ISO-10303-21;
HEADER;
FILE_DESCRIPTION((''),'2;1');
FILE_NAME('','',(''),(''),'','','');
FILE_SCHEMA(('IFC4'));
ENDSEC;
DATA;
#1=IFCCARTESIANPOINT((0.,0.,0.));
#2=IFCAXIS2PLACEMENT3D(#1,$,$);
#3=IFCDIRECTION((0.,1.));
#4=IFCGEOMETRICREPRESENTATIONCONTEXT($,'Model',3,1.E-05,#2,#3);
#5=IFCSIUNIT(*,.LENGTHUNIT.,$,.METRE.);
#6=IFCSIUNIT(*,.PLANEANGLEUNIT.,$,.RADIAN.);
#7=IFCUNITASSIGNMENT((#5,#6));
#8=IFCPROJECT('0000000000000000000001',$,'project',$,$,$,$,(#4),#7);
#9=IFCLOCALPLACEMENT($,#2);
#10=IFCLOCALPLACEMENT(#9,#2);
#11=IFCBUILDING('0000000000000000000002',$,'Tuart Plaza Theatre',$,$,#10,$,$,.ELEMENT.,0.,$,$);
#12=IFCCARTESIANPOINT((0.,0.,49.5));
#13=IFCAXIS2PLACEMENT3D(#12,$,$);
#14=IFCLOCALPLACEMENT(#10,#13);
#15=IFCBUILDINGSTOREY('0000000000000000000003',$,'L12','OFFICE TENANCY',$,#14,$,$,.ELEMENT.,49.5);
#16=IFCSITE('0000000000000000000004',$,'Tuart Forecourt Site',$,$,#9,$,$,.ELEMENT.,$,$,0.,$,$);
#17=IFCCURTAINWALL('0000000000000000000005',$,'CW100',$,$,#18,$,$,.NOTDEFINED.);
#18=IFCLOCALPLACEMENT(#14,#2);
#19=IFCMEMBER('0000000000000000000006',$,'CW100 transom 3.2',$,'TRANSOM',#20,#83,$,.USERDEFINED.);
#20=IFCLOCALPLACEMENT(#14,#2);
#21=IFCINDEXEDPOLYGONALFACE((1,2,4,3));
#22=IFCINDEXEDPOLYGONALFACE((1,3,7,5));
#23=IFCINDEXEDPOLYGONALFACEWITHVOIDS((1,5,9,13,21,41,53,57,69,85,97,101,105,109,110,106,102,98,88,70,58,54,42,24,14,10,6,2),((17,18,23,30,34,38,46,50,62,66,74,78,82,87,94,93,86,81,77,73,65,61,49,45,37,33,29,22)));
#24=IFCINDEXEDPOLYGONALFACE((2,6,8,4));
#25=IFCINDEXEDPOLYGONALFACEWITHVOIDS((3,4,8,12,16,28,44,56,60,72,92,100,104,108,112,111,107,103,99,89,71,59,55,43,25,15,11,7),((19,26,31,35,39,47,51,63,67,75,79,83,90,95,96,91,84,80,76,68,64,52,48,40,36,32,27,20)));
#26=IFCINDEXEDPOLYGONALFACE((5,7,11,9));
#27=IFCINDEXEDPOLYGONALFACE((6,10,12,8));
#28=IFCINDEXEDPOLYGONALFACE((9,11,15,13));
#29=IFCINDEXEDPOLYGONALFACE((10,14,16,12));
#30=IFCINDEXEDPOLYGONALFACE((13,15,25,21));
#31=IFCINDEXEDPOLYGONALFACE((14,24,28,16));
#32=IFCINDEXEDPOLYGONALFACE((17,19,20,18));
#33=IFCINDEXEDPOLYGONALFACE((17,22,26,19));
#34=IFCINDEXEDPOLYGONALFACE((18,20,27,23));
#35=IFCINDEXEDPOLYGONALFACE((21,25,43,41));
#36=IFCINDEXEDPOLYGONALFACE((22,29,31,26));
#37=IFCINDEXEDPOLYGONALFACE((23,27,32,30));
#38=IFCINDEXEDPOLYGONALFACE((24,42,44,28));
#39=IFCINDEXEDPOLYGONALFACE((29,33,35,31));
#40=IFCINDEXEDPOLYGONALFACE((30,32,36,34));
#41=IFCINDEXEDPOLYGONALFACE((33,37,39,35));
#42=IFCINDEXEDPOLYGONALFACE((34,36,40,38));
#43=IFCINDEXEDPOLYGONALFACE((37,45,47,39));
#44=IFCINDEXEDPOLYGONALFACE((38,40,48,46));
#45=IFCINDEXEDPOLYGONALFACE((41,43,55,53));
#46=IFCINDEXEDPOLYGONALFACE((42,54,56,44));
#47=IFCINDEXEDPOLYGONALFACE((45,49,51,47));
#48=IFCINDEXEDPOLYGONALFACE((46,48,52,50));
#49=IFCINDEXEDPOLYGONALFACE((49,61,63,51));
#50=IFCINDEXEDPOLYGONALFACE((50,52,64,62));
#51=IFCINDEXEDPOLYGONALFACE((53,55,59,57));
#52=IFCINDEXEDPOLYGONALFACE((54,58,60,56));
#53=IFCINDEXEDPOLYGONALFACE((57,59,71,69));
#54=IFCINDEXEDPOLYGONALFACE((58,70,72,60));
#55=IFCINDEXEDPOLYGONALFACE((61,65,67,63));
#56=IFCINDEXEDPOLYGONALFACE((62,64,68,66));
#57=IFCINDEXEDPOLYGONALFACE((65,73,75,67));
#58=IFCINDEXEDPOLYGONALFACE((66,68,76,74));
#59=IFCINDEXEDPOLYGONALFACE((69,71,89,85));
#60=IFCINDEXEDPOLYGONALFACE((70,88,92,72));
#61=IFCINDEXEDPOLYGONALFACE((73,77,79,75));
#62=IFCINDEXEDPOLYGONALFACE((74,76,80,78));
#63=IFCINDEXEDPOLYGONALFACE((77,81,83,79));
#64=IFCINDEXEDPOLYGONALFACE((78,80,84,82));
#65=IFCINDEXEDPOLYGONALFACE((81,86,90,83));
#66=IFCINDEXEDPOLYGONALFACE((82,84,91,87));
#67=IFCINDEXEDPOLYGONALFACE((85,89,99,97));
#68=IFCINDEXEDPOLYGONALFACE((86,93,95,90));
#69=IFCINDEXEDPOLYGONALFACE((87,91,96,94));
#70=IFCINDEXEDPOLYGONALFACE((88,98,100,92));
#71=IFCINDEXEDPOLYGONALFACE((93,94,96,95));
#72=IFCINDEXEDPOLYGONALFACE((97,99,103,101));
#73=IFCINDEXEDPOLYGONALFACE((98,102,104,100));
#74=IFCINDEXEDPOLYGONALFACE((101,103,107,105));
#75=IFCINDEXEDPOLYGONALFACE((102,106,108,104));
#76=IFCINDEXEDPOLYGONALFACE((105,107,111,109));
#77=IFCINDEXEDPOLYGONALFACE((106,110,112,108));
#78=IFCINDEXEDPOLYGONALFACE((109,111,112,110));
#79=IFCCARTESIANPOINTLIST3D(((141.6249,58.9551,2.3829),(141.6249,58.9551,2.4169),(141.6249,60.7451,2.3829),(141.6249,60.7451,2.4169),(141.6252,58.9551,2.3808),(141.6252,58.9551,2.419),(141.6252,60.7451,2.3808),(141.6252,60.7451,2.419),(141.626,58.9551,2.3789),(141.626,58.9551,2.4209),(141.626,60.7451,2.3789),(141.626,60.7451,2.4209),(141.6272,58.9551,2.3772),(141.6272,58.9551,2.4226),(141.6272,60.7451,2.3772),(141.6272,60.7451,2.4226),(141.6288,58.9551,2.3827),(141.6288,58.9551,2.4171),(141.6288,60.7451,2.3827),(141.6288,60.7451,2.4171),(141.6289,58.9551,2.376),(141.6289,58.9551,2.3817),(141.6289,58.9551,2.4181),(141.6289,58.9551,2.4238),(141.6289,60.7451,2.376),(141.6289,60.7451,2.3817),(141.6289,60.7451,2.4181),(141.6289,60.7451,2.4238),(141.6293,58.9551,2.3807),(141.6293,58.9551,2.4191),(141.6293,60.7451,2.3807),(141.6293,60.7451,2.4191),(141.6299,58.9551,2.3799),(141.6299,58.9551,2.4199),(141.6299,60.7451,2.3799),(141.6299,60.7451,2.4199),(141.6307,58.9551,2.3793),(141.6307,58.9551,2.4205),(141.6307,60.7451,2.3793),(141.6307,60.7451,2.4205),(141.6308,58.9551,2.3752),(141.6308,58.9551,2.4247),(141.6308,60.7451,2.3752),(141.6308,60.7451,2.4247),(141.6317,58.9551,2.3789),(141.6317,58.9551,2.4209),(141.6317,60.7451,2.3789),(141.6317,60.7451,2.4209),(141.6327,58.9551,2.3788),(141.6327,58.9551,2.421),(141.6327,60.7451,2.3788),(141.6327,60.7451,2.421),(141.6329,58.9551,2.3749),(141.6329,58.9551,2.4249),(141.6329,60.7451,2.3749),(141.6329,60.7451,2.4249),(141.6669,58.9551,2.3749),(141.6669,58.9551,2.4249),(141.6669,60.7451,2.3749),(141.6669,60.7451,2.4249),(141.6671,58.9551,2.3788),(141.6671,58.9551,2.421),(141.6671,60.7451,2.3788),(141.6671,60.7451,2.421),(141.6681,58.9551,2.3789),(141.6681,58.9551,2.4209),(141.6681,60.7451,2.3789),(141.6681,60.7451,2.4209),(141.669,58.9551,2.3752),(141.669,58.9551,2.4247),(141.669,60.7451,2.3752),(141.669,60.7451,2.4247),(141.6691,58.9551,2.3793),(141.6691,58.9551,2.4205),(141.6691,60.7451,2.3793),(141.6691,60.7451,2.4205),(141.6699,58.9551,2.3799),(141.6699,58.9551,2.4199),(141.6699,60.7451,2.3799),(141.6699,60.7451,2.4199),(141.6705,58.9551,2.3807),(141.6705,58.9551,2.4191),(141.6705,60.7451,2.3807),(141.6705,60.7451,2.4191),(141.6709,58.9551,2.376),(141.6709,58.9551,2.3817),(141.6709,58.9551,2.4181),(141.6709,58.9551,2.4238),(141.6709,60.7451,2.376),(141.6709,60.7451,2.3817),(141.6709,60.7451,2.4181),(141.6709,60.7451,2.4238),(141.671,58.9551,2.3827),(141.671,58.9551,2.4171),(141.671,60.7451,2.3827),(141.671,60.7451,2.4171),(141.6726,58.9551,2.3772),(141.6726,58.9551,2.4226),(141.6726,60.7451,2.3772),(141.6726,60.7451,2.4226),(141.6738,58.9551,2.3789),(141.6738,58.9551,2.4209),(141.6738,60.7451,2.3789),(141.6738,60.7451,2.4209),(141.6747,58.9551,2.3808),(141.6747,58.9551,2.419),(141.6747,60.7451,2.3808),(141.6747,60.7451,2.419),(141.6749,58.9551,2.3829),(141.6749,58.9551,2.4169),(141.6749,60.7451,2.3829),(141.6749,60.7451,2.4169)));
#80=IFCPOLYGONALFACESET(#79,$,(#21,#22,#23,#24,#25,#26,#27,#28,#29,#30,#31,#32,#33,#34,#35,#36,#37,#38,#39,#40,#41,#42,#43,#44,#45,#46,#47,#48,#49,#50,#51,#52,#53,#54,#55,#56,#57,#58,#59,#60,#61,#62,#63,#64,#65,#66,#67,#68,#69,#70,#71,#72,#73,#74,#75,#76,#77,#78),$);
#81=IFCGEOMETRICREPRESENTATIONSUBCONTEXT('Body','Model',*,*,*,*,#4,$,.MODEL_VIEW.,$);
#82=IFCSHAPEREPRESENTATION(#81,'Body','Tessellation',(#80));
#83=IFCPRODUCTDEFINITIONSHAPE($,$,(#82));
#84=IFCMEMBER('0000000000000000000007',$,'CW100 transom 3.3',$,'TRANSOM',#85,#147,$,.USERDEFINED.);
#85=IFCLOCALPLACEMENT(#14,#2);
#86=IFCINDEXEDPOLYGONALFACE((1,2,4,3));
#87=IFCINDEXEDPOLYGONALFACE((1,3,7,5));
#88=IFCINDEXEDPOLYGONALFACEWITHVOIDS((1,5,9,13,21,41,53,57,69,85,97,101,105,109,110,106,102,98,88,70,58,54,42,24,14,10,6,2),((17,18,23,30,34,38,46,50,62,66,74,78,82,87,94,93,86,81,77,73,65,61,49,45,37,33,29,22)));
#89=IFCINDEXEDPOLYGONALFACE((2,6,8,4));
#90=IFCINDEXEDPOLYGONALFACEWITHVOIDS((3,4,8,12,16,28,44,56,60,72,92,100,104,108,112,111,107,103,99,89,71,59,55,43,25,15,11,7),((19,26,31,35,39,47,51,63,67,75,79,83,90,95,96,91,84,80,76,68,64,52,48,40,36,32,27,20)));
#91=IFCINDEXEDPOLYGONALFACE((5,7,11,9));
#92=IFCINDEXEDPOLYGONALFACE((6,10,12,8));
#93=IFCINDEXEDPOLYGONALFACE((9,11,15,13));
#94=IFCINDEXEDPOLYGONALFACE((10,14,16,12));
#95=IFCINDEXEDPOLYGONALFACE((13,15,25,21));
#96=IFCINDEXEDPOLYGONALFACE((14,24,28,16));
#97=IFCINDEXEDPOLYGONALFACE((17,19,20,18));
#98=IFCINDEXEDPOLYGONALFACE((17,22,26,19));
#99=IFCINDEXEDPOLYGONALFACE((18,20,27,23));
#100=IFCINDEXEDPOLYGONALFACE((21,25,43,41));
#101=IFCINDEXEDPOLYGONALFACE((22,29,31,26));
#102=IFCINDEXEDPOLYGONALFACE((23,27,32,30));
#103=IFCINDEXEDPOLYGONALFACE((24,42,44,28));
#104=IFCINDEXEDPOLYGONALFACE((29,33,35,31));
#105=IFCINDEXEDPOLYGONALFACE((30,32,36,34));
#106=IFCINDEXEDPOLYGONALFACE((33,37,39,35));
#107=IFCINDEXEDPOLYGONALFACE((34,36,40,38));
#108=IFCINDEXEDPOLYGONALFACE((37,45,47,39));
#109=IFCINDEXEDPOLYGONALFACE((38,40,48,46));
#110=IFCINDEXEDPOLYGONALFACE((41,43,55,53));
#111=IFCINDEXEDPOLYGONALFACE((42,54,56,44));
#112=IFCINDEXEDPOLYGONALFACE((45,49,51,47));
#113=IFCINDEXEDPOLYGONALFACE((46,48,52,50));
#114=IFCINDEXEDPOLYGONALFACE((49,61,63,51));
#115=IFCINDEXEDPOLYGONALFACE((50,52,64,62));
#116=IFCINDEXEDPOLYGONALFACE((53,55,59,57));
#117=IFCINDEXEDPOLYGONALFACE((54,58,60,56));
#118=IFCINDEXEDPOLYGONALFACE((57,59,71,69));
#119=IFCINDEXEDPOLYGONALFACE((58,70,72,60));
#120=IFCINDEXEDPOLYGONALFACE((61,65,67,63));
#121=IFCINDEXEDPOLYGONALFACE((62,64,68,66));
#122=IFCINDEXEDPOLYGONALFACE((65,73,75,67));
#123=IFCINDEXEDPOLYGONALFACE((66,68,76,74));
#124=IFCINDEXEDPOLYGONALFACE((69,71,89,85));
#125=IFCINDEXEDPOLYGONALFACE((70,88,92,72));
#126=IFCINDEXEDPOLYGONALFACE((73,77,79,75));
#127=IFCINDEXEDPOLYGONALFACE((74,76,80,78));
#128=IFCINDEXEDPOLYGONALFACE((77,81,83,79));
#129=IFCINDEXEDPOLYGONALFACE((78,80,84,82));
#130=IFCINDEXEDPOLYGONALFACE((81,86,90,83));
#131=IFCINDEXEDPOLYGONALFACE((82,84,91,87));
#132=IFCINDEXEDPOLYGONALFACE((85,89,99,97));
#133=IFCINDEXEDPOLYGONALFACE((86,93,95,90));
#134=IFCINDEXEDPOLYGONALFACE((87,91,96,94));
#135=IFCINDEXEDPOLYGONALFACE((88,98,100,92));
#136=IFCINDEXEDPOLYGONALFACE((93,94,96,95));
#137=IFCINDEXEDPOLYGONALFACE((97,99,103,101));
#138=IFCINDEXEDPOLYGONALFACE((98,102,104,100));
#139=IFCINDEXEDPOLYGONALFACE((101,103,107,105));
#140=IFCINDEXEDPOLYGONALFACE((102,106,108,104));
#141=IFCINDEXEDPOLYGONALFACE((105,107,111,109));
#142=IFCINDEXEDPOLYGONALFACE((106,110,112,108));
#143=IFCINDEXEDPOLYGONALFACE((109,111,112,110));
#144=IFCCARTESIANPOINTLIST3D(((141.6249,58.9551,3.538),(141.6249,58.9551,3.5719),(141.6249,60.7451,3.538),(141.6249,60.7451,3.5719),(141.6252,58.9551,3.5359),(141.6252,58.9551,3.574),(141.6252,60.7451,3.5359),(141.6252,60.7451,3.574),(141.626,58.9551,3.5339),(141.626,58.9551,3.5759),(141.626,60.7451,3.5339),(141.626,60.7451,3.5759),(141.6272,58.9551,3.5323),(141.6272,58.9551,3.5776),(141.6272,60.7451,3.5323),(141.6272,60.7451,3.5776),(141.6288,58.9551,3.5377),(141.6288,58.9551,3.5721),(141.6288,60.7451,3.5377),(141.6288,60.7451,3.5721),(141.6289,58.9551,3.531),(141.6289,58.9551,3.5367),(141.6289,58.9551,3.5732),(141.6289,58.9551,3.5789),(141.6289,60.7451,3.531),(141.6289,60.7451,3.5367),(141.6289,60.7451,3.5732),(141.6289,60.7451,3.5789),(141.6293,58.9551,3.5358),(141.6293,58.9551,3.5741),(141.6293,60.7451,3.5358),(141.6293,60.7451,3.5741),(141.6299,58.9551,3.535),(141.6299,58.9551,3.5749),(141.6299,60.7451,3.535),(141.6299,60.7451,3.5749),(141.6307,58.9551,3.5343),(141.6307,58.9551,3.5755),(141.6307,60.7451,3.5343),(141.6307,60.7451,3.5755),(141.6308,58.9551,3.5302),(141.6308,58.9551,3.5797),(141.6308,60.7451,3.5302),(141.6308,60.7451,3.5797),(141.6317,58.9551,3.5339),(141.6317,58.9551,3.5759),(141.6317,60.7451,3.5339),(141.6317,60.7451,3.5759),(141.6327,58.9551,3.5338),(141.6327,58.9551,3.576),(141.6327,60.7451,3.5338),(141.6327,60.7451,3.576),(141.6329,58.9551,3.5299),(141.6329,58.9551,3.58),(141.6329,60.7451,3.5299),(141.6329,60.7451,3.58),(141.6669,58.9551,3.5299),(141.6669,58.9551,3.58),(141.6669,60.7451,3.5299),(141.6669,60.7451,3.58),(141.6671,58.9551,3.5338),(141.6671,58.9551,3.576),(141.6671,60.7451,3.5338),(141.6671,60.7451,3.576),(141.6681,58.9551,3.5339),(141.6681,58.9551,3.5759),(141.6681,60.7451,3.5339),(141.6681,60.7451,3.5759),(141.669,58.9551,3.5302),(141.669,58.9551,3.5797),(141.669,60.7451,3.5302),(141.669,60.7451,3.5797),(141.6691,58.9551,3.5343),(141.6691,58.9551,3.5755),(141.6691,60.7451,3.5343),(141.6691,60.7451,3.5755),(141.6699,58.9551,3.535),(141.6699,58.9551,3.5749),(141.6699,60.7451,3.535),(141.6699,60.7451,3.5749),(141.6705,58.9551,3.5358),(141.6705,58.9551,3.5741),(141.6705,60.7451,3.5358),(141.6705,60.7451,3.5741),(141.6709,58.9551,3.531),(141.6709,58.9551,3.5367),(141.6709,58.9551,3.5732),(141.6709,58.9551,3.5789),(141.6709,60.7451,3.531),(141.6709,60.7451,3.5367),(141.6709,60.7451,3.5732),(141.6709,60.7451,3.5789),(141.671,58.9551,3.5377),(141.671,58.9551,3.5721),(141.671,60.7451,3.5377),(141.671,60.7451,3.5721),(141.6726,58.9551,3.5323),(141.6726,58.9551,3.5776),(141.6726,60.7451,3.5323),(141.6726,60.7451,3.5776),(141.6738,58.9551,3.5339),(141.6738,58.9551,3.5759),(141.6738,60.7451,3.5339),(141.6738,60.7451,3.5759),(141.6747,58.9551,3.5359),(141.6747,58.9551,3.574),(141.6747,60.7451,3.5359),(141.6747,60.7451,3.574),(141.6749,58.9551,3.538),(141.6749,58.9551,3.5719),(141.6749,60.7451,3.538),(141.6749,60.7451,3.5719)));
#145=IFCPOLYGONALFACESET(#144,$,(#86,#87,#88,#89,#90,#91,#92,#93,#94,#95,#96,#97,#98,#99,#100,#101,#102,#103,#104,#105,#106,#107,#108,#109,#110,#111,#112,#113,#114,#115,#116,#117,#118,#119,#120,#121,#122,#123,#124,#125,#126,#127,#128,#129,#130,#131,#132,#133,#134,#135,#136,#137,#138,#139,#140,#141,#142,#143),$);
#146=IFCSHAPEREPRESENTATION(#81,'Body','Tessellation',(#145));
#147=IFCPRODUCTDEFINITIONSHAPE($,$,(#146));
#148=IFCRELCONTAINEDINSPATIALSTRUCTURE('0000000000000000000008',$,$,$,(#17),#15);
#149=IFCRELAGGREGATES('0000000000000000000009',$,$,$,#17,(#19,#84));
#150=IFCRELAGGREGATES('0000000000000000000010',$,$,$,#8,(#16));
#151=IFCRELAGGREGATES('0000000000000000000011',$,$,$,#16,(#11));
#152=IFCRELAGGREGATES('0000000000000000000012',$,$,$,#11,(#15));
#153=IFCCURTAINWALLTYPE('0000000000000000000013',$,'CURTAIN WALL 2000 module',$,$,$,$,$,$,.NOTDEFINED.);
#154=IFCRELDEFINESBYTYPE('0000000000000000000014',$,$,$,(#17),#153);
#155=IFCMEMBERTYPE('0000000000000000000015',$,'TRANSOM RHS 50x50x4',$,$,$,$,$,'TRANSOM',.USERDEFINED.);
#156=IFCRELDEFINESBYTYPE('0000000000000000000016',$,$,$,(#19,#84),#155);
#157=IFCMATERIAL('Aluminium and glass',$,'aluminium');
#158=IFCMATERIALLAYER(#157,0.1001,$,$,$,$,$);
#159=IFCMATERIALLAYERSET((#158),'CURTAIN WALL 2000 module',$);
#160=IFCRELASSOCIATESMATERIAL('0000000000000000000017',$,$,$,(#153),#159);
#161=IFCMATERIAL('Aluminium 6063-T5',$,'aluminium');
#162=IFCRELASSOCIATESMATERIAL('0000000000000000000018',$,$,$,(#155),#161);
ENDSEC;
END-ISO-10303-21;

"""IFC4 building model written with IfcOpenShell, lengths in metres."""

from ifc_helpers import new_model, si_unit, direction, frame, origin, origin_2d, place, context, subcontext, project, spatial, hollow_rectangle, extrude, material, layer, layer_set, material_profile, profile_set, type_object, element, aggregate, save


model = new_model("IFC4")

# Units and contexts
model_context = context("Model", 3, precision=1e-05, world=origin(), true_north=direction((0.0, 1.0)))
body_context = subcontext(model_context, "Body", "Model", "MODEL_VIEW")
ifc_project = project(units=[si_unit("LENGTHUNIT", "METRE"), si_unit("PLANEANGLEUNIT", "RADIAN")], contexts=[model_context])

# Site, building, storey
site_placement = place(None, origin())
site = spatial("IfcSite", under=ifc_project, at=site_placement, Name="Tuart Forecourt Site", CompositionType="ELEMENT", RefElevation=0.0)
building_placement = place(site_placement, origin())
building = spatial("IfcBuilding", under=site, at=building_placement, Name="Tuart Plaza Theatre", CompositionType="ELEMENT", ElevationOfRefHeight=0.0)
storey_placement = place(building_placement, frame((0.0, 0.0, 49.5)))
storey = spatial("IfcBuildingStorey", under=building, at=storey_placement, Name="L12", Description="OFFICE TENANCY", CompositionType="ELEMENT", Elevation=49.5)

# Curtain wall
ifc_material_1 = material(Name="Aluminium and glass", Category="aluminium")
ifc_layer_1 = layer(ifc_material_1, 0.1001)
ifc_layer_set_1 = layer_set([ifc_layer_1], Name="CURTAIN WALL 2000 module")
curtain_wall_type = type_object("IfcCurtainWallType", Name="CURTAIN WALL 2000 module", PredefinedType="NOTDEFINED", material=ifc_layer_set_1)
curtain_wall_1_placement = place(storey_placement, origin())
curtain_wall_1 = element("IfcCurtainWall", 1, at=curtain_wall_1_placement, inside=storey, type_object=curtain_wall_type, Name="CW100", PredefinedType="NOTDEFINED")

# Members
ifc_material_2 = material(Name="Aluminium 6063-T5", Category="aluminium")
ifc_material_profile_1 = material_profile(ifc_material_2, hollow_rectangle(XDim=0.05, YDim=0.05, WallThickness=0.0039, InnerFilletRadius=0.0039, OuterFilletRadius=0.0081, at=origin_2d()), Name="RHS 50x50x4")
ifc_profile_set_1 = profile_set([ifc_material_profile_1], Name="Aluminium 6063-T5")
member_type_1 = type_object("IfcMemberType", Name="TRANSOM RHS 50x50x4", ElementType="TRANSOM", PredefinedType="USERDEFINED", material=ifc_profile_set_1)
member_1_placement = place(storey_placement, frame((141.6499, 58.9551, 2.3999), z_axis=(0.0, 1.0, 0.0), x_axis=(-1.0, 0.0, 0.0)))
member_1 = element("IfcMember", 2, at=member_1_placement, type_object=member_type_1, Name="CW100 transom 3.2", ObjectType="TRANSOM", PredefinedType="USERDEFINED", context=body_context, shape_type="SweptSolid", body=[
    extrude(hollow_rectangle(XDim=0.05, YDim=0.05, WallThickness=0.0039, InnerFilletRadius=0.0039, OuterFilletRadius=0.0081, at=origin_2d()), origin(), (0.0, 0.0, 1.0), 1.79),
])
member_2_placement = place(storey_placement, frame((141.6499, 58.9551, 3.5549), z_axis=(0.0, 1.0, 0.0), x_axis=(-1.0, 0.0, 0.0)))
member_2 = element("IfcMember", 3, at=member_2_placement, type_object=member_type_1, Name="CW100 transom 3.3", ObjectType="TRANSOM", PredefinedType="USERDEFINED", context=body_context, shape_type="SweptSolid", body=[
    extrude(hollow_rectangle(XDim=0.05, YDim=0.05, WallThickness=0.0039, InnerFilletRadius=0.0039, OuterFilletRadius=0.0081, at=origin_2d()), origin(), (0.0, 0.0, 1.0), 1.79),
])

aggregate(curtain_wall_1, [member_1, member_2])

save(model, "model.ifc")
